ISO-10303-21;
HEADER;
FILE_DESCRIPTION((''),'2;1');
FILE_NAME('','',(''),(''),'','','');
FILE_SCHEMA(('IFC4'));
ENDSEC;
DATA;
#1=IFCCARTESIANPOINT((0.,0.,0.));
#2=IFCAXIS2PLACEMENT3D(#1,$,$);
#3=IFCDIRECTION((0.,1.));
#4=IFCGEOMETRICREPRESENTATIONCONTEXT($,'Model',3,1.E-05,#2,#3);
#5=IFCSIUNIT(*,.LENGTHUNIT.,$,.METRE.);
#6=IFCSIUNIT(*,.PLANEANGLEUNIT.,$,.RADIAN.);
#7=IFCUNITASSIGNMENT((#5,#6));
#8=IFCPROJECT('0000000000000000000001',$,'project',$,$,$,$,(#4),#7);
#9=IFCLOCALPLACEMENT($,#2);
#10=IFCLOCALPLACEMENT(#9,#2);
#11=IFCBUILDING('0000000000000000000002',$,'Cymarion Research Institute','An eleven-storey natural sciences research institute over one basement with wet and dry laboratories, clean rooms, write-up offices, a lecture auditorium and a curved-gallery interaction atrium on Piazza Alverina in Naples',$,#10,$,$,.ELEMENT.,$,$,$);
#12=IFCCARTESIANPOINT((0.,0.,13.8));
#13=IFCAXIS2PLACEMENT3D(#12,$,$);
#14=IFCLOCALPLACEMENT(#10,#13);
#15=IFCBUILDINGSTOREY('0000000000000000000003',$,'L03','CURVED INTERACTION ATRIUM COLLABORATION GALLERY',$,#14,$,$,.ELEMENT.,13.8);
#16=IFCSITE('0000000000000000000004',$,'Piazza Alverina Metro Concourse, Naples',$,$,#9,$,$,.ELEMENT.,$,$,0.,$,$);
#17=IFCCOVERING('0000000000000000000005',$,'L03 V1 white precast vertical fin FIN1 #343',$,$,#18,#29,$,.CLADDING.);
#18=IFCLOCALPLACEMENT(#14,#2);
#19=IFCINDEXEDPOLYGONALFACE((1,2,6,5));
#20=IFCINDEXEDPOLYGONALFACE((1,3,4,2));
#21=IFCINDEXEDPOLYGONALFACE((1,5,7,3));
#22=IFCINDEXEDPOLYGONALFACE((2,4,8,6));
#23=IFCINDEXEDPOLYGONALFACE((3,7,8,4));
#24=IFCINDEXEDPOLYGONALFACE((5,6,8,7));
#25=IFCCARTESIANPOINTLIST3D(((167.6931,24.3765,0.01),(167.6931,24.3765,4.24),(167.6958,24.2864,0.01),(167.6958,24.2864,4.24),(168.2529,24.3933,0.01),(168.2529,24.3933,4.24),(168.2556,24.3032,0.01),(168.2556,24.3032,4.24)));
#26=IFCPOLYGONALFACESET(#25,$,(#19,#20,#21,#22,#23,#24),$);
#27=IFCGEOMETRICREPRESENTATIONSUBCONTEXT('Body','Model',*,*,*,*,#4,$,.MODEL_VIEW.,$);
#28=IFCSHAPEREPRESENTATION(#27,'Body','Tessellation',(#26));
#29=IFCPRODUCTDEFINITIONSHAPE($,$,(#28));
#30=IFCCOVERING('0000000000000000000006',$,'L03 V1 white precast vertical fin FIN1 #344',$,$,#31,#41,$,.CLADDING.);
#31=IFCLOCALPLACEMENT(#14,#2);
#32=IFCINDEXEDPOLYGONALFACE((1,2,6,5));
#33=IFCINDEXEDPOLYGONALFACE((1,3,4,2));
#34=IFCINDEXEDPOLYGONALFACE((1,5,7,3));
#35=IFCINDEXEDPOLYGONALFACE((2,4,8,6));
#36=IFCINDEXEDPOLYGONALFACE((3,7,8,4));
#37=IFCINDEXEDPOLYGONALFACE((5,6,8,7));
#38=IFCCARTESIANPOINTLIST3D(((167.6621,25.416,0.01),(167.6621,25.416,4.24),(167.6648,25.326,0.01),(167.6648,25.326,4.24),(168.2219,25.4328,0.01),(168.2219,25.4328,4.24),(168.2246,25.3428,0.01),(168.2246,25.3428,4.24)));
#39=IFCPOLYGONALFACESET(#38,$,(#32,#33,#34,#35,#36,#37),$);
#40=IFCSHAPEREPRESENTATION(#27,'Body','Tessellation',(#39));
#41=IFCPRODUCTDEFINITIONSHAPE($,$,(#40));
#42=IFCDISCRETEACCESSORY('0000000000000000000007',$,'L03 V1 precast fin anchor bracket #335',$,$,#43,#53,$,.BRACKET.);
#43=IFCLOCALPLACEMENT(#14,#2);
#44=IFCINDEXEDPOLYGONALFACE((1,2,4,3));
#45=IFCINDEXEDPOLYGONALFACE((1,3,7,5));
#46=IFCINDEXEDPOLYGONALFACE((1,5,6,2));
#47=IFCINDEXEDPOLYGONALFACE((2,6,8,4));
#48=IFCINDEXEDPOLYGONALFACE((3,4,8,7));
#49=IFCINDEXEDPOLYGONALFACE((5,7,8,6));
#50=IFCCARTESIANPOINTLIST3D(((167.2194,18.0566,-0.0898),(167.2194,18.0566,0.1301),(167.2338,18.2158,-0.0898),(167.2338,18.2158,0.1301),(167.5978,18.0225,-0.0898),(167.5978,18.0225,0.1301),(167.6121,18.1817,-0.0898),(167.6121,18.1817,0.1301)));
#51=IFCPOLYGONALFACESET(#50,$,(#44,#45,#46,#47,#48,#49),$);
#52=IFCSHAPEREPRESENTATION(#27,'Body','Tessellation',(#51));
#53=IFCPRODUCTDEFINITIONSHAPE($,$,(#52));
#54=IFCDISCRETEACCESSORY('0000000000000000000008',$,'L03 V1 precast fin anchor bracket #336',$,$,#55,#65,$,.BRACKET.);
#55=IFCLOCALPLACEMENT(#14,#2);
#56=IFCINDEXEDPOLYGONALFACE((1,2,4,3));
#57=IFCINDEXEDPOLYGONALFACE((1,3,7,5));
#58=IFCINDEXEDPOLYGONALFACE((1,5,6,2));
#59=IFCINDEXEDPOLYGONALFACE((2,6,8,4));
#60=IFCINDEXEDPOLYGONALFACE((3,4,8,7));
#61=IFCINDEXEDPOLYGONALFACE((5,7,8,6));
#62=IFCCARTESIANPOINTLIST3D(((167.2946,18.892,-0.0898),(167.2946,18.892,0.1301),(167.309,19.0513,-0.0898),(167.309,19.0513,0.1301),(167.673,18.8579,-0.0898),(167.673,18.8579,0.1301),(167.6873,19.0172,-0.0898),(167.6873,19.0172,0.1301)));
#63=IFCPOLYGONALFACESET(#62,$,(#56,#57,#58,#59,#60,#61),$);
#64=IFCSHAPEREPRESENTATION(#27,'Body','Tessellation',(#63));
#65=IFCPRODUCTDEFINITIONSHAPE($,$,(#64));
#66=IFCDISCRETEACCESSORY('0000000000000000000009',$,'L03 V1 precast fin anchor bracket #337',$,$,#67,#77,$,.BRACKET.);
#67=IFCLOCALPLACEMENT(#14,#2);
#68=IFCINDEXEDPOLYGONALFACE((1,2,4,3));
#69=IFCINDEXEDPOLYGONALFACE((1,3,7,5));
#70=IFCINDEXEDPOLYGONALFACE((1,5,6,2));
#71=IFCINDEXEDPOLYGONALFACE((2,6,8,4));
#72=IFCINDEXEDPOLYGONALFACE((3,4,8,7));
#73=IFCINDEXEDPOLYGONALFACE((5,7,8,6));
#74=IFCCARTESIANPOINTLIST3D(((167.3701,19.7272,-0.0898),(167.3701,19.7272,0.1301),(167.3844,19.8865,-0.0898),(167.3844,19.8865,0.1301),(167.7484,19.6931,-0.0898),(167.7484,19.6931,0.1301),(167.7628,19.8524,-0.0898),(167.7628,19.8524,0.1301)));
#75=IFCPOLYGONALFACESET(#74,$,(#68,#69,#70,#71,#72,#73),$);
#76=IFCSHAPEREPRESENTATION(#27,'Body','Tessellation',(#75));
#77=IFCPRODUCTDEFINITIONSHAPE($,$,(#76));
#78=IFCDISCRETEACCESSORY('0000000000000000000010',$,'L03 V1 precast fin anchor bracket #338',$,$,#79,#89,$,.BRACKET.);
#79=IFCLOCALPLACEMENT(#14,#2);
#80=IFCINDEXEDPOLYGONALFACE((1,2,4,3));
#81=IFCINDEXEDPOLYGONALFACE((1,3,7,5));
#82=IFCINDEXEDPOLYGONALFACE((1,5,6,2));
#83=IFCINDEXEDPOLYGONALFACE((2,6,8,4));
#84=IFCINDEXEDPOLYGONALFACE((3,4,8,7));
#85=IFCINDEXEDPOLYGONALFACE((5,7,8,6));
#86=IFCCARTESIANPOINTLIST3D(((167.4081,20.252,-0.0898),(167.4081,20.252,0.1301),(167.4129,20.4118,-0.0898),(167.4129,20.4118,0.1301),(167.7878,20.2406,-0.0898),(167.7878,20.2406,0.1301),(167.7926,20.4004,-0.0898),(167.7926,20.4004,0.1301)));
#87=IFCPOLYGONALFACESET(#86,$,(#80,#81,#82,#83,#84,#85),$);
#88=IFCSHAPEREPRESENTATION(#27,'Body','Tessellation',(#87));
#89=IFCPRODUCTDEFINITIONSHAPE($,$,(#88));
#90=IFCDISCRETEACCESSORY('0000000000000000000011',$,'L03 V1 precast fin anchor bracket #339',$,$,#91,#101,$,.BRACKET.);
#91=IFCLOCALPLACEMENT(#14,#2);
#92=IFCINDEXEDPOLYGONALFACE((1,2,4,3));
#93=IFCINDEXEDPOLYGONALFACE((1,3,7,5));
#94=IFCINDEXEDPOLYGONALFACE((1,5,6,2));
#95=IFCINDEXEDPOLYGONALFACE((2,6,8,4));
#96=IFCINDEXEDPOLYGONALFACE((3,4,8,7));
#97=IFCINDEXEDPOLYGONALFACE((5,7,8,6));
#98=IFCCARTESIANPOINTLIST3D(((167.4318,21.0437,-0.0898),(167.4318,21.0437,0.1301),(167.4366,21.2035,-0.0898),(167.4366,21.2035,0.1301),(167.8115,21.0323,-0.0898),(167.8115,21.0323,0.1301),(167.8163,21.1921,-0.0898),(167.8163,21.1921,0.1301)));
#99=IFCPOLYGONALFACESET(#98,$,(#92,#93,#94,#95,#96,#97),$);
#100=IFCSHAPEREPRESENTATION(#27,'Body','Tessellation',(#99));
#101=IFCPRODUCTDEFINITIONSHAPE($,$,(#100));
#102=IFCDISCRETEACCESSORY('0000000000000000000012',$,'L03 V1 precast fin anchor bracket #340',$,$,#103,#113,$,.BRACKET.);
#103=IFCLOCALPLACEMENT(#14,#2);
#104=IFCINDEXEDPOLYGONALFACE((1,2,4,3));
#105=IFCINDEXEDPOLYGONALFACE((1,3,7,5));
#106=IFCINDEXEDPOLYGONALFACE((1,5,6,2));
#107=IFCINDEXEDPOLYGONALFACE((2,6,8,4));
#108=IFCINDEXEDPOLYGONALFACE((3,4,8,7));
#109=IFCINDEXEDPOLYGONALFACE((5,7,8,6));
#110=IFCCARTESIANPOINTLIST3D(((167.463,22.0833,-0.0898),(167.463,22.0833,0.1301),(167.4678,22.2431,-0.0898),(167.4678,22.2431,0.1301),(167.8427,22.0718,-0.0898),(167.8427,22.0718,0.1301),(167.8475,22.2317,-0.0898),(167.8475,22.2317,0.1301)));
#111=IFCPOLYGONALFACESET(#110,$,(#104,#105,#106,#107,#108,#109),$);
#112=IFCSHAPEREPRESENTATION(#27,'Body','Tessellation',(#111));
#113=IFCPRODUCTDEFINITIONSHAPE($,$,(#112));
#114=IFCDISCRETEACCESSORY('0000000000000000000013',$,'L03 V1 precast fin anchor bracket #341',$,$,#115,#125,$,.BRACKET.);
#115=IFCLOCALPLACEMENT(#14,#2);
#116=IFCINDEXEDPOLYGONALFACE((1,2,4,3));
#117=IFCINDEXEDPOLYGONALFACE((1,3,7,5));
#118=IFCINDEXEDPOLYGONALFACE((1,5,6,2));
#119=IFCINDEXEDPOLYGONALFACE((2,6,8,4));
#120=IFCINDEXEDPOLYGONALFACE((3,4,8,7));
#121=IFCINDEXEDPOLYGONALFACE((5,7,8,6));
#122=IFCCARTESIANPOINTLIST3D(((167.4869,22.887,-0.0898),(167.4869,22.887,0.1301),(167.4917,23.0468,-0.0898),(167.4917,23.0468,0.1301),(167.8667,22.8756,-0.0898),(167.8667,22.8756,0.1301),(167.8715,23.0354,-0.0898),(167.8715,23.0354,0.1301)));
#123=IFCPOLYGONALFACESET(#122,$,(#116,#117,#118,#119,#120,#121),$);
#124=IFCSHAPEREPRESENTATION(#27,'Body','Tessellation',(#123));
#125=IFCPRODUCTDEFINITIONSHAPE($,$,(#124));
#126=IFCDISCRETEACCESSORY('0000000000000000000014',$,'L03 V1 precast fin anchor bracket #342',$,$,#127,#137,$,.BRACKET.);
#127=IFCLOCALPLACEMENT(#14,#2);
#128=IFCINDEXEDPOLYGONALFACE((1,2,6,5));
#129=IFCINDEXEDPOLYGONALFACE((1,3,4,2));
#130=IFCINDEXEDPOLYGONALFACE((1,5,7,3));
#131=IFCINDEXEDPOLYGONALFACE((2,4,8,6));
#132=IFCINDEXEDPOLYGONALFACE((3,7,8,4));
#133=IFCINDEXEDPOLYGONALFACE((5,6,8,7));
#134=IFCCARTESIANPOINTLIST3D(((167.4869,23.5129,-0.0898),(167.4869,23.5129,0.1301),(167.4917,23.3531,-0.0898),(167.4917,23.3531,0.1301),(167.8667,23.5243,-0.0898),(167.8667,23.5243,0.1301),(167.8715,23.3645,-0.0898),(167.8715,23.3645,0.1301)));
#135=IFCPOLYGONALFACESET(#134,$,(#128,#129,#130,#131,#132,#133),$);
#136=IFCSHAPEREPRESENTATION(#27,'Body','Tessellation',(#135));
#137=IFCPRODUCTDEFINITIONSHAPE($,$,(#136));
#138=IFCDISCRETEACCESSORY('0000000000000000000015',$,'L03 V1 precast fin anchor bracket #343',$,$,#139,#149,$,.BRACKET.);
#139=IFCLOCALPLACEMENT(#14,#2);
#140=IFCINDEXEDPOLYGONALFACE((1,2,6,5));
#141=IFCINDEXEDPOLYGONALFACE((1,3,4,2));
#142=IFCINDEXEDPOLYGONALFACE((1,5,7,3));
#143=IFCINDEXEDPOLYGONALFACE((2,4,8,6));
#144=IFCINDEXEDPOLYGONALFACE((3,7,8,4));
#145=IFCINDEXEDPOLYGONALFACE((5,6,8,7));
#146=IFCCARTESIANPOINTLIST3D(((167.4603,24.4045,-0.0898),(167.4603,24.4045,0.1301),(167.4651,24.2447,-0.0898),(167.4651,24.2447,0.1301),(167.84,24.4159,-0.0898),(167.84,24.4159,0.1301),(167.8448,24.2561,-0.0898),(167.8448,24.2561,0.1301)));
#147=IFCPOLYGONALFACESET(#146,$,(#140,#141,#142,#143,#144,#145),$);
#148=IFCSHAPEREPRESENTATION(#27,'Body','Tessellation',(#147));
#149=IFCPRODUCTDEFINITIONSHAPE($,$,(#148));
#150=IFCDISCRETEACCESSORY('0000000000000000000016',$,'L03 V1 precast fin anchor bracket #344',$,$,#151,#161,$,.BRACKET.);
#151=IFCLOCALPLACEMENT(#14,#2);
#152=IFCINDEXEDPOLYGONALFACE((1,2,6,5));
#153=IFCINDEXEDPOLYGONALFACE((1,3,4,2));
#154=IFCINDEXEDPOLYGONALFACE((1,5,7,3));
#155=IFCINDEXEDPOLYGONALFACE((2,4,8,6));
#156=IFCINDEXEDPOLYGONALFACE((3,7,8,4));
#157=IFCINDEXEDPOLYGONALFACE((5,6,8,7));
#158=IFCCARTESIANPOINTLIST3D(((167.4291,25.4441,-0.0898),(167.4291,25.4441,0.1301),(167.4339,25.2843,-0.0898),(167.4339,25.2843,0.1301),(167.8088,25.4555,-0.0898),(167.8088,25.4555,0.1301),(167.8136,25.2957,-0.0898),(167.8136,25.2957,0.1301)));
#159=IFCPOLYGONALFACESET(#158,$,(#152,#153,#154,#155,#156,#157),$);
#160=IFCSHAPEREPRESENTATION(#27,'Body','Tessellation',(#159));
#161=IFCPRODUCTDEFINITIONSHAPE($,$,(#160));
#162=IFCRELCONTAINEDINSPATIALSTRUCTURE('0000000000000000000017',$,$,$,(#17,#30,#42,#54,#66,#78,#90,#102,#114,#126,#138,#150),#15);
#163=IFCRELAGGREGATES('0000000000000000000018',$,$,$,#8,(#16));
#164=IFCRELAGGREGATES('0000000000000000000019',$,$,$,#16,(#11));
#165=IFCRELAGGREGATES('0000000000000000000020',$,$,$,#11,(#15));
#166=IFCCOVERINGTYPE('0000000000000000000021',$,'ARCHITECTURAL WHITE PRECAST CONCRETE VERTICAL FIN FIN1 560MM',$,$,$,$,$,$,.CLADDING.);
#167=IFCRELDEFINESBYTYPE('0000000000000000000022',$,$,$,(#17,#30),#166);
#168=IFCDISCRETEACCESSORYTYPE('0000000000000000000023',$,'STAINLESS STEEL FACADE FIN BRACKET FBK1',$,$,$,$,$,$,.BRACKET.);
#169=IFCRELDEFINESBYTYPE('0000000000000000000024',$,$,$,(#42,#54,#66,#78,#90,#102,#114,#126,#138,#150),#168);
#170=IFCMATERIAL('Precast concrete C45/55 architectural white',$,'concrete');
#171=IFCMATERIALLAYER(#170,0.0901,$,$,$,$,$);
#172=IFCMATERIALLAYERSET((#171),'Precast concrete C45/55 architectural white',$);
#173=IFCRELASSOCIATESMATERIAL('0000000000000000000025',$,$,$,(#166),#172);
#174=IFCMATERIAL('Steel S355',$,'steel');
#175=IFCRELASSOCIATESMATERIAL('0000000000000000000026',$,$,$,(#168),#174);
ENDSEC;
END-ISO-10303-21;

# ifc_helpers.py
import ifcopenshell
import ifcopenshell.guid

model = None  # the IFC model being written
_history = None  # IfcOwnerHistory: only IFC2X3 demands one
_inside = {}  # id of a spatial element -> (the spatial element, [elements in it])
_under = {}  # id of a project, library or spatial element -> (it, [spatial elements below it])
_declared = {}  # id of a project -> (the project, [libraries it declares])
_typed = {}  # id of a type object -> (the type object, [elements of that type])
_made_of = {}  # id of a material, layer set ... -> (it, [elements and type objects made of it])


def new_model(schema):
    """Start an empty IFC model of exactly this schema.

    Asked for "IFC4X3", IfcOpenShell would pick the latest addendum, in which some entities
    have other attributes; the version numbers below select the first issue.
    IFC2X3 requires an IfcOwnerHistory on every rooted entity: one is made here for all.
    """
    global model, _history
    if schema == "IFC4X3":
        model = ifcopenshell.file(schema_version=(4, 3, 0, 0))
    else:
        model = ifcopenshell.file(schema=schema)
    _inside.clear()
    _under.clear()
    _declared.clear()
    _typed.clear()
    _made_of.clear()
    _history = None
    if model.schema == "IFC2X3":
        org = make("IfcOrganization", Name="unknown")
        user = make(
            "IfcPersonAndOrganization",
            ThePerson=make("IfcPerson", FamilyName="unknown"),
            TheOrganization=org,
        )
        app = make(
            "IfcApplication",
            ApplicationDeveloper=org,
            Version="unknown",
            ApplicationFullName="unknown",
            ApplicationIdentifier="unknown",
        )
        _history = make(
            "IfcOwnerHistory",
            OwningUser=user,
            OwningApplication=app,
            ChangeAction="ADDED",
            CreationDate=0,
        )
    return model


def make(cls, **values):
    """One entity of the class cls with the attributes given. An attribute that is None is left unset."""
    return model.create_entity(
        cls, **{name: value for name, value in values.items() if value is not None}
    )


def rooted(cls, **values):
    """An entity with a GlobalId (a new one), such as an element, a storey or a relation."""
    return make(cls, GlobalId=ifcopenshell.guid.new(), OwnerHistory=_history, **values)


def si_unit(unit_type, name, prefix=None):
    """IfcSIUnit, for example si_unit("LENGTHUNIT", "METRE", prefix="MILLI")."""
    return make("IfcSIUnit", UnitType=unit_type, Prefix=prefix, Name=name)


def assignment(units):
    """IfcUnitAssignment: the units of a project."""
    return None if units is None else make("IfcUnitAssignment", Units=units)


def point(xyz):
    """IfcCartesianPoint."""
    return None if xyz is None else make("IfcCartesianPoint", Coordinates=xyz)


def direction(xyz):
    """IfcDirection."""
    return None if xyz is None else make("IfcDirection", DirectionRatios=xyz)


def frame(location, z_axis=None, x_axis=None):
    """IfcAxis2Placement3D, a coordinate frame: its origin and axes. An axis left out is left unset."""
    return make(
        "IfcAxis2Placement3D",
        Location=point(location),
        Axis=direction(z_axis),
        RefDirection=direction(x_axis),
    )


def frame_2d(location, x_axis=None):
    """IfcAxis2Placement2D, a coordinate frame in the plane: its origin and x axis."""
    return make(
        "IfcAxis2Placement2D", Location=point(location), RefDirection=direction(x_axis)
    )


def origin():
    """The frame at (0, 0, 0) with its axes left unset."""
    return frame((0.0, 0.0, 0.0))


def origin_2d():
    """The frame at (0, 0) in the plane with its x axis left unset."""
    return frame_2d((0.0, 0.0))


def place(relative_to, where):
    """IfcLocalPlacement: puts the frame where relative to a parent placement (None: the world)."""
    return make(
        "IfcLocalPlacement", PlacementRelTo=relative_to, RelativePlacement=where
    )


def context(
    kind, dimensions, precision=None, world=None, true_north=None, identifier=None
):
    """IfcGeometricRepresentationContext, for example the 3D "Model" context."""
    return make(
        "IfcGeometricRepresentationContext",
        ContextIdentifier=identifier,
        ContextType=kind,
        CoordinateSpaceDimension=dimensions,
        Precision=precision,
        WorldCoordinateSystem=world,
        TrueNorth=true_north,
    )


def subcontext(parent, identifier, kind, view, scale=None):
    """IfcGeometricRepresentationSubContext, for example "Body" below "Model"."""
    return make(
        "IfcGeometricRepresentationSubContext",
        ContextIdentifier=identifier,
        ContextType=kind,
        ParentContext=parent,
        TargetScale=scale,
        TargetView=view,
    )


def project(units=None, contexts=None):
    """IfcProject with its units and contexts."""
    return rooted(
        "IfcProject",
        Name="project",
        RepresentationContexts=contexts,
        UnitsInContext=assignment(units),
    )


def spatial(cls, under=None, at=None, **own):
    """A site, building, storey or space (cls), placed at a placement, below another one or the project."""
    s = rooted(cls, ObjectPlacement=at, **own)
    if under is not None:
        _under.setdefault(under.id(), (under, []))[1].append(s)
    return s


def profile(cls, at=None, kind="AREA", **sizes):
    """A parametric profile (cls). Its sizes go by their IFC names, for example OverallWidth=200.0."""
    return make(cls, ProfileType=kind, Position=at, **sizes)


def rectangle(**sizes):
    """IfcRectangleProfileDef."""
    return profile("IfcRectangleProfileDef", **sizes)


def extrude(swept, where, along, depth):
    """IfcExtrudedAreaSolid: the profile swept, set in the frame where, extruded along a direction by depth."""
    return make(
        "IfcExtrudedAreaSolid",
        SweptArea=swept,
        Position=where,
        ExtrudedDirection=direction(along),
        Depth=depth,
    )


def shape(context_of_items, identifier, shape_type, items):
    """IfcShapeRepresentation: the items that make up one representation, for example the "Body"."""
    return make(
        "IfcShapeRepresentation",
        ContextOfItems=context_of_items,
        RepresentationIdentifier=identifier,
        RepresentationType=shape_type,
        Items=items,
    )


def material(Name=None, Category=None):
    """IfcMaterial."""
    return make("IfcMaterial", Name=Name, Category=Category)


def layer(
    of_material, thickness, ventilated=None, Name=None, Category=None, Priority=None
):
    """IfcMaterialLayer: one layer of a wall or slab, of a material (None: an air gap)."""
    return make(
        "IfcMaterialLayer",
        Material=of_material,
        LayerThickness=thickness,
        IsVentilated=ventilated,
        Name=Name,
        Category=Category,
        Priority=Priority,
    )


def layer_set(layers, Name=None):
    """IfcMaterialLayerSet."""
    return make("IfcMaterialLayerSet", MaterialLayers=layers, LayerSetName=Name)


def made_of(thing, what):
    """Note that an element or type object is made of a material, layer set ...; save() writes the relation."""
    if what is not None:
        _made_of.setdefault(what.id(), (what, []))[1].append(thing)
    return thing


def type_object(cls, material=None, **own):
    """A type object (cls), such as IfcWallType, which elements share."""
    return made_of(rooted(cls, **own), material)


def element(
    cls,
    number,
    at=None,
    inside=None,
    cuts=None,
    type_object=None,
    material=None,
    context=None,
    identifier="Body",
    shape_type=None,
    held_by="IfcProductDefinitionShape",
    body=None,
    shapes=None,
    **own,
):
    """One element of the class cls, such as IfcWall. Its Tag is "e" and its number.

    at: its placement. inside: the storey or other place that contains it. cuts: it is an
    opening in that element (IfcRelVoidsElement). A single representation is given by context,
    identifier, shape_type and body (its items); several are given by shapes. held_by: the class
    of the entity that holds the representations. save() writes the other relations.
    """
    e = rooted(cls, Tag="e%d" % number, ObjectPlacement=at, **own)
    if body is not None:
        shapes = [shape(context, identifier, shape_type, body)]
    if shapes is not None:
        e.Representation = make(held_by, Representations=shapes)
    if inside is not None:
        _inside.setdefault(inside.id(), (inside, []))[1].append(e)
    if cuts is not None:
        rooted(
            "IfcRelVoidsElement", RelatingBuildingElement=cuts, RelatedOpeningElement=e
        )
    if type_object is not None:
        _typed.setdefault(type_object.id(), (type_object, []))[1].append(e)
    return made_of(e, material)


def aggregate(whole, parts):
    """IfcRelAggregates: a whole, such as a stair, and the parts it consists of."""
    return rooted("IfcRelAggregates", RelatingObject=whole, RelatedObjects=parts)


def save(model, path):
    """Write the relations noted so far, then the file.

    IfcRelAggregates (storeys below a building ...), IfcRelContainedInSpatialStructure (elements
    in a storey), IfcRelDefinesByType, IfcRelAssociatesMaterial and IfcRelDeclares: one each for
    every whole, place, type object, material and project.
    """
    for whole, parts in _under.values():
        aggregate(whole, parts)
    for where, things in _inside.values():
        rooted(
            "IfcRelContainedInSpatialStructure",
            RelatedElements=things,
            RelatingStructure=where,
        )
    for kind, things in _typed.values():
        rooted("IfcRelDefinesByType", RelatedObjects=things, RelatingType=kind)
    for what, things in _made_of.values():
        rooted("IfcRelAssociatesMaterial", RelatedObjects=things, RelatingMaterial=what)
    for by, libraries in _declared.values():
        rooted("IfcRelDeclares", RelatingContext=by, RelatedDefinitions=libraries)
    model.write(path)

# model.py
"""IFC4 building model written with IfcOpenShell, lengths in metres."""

from ifc_helpers import new_model, si_unit, direction, frame, origin, origin_2d, place, context, subcontext, project, spatial, rectangle, extrude, material, layer, layer_set, type_object, element, save


model = new_model("IFC4")

# Units and contexts
model_context = context("Model", 3, precision=1e-05, world=origin(), true_north=direction((0.0, 1.0)))
body_context = subcontext(model_context, "Body", "Model", "MODEL_VIEW")
ifc_project = project(units=[si_unit("LENGTHUNIT", "METRE"), si_unit("PLANEANGLEUNIT", "RADIAN")], contexts=[model_context])

# Site, building, storey
site_placement = place(None, origin())
site = spatial("IfcSite", under=ifc_project, at=site_placement, Name="Piazza Alverina Metro Concourse, Naples", CompositionType="ELEMENT", RefElevation=0.0)
building_placement = place(site_placement, origin())
building = spatial("IfcBuilding", under=site, at=building_placement, Name="Cymarion Research Institute", Description="An eleven-storey natural sciences research institute over one basement with wet and dry laboratories, clean rooms, write-up offices, a lecture auditorium and a curved-gallery interaction atrium on Piazza Alverina in Naples", CompositionType="ELEMENT")
storey_placement = place(building_placement, frame((0.0, 0.0, 13.8)))
storey = spatial("IfcBuildingStorey", under=building, at=storey_placement, Name="L03", Description="CURVED INTERACTION ATRIUM COLLABORATION GALLERY", CompositionType="ELEMENT", Elevation=13.8)

# Shared definitions
ifc_material_1 = material(Name="Steel S355", Category="steel")

# Coverings
ifc_material_2 = material(Name="Precast concrete C45/55 architectural white", Category="concrete")
ifc_layer_1 = layer(ifc_material_2, 0.0901)
ifc_layer_set_1 = layer_set([ifc_layer_1], Name="Precast concrete C45/55 architectural white")
covering_type = type_object("IfcCoveringType", Name="ARCHITECTURAL WHITE PRECAST CONCRETE VERTICAL FIN FIN1 560MM", PredefinedType="CLADDING", material=ifc_layer_set_1)
for number, where, z_axis, x_axis, name in (
    (1, (167.9744, 24.3398, 0.01), (0.0, 0.0, 1.0), (0.999549, 0.030015, 0.0), "L03 V1 white precast vertical fin FIN1 #343"),
    (2, (167.9434, 25.3794, 0.01), (0.0, 0.0, 1.0), (0.999549, 0.030015, 0.0), "L03 V1 white precast vertical fin FIN1 #344"),
):
    element("IfcCovering", number, at=place(storey_placement, frame(where, z_axis=z_axis, x_axis=x_axis)), inside=storey, type_object=covering_type, Name=name, PredefinedType="CLADDING", context=body_context, shape_type="SweptSolid", body=[
        extrude(rectangle(XDim=0.5601, YDim=0.0901, at=origin_2d()), origin(), (0.0, 0.0, 1.0), 4.23),
    ])

# Discrete accessories
discrete_accessory_type = type_object("IfcDiscreteAccessoryType", Name="STAINLESS STEEL FACADE FIN BRACKET FBK1", PredefinedType="BRACKET", material=ifc_material_1)
for number, where, z_axis, x_axis, name in (
    (3, (167.4158, 18.1191, -0.0898), (0.0, 0.0, 1.0), (0.995963, -0.089763, 0.0), "L03 V1 precast fin anchor bracket #335"),
    (4, (167.491, 18.9546, -0.0898), (0.0, 0.0, 1.0), (0.995963, -0.089763, 0.0), "L03 V1 precast fin anchor bracket #336"),
    (5, (167.5664, 19.7898, -0.0898), (0.0, 0.0, 1.0), (0.995963, -0.089763, 0.0), "L03 V1 precast fin anchor bracket #337"),
    (6, (167.6003, 20.3262, -0.0898), (0.0, 0.0, 1.0), (0.999549, -0.030015, 0.0), "L03 V1 precast fin anchor bracket #338"),
    (7, (167.624, 21.1179, -0.0898), (0.0, 0.0, 1.0), (0.999549, -0.030015, 0.0), "L03 V1 precast fin anchor bracket #339"),
    (8, (167.6553, 22.1575, -0.0898), (0.0, 0.0, 1.0), (0.999549, -0.030015, 0.0), "L03 V1 precast fin anchor bracket #340"),
    (9, (167.6792, 22.9612, -0.0898), (0.0, 0.0, 1.0), (0.999549, -0.030015, 0.0), "L03 V1 precast fin anchor bracket #341"),
    (10, (167.6792, 23.4387, -0.0898), (0.0, 0.0, 1.0), (0.999549, 0.030015, 0.0), "L03 V1 precast fin anchor bracket #342"),
    (11, (167.6526, 24.3303, -0.0898), (0.0, 0.0, 1.0), (0.999549, 0.030015, 0.0), "L03 V1 precast fin anchor bracket #343"),
    (12, (167.6213, 25.3699, -0.0898), (0.0, 0.0, 1.0), (0.999549, 0.030015, 0.0), "L03 V1 precast fin anchor bracket #344"),
):
    element("IfcDiscreteAccessory", number, at=place(storey_placement, frame(where, z_axis=z_axis, x_axis=x_axis)), inside=storey, type_object=discrete_accessory_type, Name=name, PredefinedType="BRACKET", context=body_context, shape_type="SweptSolid", body=[
        extrude(rectangle(XDim=0.3799, YDim=0.1599, at=origin_2d()), origin(), (0.0, 0.0, 1.0), 0.22),
    ])

save(model, "model.ifc")
